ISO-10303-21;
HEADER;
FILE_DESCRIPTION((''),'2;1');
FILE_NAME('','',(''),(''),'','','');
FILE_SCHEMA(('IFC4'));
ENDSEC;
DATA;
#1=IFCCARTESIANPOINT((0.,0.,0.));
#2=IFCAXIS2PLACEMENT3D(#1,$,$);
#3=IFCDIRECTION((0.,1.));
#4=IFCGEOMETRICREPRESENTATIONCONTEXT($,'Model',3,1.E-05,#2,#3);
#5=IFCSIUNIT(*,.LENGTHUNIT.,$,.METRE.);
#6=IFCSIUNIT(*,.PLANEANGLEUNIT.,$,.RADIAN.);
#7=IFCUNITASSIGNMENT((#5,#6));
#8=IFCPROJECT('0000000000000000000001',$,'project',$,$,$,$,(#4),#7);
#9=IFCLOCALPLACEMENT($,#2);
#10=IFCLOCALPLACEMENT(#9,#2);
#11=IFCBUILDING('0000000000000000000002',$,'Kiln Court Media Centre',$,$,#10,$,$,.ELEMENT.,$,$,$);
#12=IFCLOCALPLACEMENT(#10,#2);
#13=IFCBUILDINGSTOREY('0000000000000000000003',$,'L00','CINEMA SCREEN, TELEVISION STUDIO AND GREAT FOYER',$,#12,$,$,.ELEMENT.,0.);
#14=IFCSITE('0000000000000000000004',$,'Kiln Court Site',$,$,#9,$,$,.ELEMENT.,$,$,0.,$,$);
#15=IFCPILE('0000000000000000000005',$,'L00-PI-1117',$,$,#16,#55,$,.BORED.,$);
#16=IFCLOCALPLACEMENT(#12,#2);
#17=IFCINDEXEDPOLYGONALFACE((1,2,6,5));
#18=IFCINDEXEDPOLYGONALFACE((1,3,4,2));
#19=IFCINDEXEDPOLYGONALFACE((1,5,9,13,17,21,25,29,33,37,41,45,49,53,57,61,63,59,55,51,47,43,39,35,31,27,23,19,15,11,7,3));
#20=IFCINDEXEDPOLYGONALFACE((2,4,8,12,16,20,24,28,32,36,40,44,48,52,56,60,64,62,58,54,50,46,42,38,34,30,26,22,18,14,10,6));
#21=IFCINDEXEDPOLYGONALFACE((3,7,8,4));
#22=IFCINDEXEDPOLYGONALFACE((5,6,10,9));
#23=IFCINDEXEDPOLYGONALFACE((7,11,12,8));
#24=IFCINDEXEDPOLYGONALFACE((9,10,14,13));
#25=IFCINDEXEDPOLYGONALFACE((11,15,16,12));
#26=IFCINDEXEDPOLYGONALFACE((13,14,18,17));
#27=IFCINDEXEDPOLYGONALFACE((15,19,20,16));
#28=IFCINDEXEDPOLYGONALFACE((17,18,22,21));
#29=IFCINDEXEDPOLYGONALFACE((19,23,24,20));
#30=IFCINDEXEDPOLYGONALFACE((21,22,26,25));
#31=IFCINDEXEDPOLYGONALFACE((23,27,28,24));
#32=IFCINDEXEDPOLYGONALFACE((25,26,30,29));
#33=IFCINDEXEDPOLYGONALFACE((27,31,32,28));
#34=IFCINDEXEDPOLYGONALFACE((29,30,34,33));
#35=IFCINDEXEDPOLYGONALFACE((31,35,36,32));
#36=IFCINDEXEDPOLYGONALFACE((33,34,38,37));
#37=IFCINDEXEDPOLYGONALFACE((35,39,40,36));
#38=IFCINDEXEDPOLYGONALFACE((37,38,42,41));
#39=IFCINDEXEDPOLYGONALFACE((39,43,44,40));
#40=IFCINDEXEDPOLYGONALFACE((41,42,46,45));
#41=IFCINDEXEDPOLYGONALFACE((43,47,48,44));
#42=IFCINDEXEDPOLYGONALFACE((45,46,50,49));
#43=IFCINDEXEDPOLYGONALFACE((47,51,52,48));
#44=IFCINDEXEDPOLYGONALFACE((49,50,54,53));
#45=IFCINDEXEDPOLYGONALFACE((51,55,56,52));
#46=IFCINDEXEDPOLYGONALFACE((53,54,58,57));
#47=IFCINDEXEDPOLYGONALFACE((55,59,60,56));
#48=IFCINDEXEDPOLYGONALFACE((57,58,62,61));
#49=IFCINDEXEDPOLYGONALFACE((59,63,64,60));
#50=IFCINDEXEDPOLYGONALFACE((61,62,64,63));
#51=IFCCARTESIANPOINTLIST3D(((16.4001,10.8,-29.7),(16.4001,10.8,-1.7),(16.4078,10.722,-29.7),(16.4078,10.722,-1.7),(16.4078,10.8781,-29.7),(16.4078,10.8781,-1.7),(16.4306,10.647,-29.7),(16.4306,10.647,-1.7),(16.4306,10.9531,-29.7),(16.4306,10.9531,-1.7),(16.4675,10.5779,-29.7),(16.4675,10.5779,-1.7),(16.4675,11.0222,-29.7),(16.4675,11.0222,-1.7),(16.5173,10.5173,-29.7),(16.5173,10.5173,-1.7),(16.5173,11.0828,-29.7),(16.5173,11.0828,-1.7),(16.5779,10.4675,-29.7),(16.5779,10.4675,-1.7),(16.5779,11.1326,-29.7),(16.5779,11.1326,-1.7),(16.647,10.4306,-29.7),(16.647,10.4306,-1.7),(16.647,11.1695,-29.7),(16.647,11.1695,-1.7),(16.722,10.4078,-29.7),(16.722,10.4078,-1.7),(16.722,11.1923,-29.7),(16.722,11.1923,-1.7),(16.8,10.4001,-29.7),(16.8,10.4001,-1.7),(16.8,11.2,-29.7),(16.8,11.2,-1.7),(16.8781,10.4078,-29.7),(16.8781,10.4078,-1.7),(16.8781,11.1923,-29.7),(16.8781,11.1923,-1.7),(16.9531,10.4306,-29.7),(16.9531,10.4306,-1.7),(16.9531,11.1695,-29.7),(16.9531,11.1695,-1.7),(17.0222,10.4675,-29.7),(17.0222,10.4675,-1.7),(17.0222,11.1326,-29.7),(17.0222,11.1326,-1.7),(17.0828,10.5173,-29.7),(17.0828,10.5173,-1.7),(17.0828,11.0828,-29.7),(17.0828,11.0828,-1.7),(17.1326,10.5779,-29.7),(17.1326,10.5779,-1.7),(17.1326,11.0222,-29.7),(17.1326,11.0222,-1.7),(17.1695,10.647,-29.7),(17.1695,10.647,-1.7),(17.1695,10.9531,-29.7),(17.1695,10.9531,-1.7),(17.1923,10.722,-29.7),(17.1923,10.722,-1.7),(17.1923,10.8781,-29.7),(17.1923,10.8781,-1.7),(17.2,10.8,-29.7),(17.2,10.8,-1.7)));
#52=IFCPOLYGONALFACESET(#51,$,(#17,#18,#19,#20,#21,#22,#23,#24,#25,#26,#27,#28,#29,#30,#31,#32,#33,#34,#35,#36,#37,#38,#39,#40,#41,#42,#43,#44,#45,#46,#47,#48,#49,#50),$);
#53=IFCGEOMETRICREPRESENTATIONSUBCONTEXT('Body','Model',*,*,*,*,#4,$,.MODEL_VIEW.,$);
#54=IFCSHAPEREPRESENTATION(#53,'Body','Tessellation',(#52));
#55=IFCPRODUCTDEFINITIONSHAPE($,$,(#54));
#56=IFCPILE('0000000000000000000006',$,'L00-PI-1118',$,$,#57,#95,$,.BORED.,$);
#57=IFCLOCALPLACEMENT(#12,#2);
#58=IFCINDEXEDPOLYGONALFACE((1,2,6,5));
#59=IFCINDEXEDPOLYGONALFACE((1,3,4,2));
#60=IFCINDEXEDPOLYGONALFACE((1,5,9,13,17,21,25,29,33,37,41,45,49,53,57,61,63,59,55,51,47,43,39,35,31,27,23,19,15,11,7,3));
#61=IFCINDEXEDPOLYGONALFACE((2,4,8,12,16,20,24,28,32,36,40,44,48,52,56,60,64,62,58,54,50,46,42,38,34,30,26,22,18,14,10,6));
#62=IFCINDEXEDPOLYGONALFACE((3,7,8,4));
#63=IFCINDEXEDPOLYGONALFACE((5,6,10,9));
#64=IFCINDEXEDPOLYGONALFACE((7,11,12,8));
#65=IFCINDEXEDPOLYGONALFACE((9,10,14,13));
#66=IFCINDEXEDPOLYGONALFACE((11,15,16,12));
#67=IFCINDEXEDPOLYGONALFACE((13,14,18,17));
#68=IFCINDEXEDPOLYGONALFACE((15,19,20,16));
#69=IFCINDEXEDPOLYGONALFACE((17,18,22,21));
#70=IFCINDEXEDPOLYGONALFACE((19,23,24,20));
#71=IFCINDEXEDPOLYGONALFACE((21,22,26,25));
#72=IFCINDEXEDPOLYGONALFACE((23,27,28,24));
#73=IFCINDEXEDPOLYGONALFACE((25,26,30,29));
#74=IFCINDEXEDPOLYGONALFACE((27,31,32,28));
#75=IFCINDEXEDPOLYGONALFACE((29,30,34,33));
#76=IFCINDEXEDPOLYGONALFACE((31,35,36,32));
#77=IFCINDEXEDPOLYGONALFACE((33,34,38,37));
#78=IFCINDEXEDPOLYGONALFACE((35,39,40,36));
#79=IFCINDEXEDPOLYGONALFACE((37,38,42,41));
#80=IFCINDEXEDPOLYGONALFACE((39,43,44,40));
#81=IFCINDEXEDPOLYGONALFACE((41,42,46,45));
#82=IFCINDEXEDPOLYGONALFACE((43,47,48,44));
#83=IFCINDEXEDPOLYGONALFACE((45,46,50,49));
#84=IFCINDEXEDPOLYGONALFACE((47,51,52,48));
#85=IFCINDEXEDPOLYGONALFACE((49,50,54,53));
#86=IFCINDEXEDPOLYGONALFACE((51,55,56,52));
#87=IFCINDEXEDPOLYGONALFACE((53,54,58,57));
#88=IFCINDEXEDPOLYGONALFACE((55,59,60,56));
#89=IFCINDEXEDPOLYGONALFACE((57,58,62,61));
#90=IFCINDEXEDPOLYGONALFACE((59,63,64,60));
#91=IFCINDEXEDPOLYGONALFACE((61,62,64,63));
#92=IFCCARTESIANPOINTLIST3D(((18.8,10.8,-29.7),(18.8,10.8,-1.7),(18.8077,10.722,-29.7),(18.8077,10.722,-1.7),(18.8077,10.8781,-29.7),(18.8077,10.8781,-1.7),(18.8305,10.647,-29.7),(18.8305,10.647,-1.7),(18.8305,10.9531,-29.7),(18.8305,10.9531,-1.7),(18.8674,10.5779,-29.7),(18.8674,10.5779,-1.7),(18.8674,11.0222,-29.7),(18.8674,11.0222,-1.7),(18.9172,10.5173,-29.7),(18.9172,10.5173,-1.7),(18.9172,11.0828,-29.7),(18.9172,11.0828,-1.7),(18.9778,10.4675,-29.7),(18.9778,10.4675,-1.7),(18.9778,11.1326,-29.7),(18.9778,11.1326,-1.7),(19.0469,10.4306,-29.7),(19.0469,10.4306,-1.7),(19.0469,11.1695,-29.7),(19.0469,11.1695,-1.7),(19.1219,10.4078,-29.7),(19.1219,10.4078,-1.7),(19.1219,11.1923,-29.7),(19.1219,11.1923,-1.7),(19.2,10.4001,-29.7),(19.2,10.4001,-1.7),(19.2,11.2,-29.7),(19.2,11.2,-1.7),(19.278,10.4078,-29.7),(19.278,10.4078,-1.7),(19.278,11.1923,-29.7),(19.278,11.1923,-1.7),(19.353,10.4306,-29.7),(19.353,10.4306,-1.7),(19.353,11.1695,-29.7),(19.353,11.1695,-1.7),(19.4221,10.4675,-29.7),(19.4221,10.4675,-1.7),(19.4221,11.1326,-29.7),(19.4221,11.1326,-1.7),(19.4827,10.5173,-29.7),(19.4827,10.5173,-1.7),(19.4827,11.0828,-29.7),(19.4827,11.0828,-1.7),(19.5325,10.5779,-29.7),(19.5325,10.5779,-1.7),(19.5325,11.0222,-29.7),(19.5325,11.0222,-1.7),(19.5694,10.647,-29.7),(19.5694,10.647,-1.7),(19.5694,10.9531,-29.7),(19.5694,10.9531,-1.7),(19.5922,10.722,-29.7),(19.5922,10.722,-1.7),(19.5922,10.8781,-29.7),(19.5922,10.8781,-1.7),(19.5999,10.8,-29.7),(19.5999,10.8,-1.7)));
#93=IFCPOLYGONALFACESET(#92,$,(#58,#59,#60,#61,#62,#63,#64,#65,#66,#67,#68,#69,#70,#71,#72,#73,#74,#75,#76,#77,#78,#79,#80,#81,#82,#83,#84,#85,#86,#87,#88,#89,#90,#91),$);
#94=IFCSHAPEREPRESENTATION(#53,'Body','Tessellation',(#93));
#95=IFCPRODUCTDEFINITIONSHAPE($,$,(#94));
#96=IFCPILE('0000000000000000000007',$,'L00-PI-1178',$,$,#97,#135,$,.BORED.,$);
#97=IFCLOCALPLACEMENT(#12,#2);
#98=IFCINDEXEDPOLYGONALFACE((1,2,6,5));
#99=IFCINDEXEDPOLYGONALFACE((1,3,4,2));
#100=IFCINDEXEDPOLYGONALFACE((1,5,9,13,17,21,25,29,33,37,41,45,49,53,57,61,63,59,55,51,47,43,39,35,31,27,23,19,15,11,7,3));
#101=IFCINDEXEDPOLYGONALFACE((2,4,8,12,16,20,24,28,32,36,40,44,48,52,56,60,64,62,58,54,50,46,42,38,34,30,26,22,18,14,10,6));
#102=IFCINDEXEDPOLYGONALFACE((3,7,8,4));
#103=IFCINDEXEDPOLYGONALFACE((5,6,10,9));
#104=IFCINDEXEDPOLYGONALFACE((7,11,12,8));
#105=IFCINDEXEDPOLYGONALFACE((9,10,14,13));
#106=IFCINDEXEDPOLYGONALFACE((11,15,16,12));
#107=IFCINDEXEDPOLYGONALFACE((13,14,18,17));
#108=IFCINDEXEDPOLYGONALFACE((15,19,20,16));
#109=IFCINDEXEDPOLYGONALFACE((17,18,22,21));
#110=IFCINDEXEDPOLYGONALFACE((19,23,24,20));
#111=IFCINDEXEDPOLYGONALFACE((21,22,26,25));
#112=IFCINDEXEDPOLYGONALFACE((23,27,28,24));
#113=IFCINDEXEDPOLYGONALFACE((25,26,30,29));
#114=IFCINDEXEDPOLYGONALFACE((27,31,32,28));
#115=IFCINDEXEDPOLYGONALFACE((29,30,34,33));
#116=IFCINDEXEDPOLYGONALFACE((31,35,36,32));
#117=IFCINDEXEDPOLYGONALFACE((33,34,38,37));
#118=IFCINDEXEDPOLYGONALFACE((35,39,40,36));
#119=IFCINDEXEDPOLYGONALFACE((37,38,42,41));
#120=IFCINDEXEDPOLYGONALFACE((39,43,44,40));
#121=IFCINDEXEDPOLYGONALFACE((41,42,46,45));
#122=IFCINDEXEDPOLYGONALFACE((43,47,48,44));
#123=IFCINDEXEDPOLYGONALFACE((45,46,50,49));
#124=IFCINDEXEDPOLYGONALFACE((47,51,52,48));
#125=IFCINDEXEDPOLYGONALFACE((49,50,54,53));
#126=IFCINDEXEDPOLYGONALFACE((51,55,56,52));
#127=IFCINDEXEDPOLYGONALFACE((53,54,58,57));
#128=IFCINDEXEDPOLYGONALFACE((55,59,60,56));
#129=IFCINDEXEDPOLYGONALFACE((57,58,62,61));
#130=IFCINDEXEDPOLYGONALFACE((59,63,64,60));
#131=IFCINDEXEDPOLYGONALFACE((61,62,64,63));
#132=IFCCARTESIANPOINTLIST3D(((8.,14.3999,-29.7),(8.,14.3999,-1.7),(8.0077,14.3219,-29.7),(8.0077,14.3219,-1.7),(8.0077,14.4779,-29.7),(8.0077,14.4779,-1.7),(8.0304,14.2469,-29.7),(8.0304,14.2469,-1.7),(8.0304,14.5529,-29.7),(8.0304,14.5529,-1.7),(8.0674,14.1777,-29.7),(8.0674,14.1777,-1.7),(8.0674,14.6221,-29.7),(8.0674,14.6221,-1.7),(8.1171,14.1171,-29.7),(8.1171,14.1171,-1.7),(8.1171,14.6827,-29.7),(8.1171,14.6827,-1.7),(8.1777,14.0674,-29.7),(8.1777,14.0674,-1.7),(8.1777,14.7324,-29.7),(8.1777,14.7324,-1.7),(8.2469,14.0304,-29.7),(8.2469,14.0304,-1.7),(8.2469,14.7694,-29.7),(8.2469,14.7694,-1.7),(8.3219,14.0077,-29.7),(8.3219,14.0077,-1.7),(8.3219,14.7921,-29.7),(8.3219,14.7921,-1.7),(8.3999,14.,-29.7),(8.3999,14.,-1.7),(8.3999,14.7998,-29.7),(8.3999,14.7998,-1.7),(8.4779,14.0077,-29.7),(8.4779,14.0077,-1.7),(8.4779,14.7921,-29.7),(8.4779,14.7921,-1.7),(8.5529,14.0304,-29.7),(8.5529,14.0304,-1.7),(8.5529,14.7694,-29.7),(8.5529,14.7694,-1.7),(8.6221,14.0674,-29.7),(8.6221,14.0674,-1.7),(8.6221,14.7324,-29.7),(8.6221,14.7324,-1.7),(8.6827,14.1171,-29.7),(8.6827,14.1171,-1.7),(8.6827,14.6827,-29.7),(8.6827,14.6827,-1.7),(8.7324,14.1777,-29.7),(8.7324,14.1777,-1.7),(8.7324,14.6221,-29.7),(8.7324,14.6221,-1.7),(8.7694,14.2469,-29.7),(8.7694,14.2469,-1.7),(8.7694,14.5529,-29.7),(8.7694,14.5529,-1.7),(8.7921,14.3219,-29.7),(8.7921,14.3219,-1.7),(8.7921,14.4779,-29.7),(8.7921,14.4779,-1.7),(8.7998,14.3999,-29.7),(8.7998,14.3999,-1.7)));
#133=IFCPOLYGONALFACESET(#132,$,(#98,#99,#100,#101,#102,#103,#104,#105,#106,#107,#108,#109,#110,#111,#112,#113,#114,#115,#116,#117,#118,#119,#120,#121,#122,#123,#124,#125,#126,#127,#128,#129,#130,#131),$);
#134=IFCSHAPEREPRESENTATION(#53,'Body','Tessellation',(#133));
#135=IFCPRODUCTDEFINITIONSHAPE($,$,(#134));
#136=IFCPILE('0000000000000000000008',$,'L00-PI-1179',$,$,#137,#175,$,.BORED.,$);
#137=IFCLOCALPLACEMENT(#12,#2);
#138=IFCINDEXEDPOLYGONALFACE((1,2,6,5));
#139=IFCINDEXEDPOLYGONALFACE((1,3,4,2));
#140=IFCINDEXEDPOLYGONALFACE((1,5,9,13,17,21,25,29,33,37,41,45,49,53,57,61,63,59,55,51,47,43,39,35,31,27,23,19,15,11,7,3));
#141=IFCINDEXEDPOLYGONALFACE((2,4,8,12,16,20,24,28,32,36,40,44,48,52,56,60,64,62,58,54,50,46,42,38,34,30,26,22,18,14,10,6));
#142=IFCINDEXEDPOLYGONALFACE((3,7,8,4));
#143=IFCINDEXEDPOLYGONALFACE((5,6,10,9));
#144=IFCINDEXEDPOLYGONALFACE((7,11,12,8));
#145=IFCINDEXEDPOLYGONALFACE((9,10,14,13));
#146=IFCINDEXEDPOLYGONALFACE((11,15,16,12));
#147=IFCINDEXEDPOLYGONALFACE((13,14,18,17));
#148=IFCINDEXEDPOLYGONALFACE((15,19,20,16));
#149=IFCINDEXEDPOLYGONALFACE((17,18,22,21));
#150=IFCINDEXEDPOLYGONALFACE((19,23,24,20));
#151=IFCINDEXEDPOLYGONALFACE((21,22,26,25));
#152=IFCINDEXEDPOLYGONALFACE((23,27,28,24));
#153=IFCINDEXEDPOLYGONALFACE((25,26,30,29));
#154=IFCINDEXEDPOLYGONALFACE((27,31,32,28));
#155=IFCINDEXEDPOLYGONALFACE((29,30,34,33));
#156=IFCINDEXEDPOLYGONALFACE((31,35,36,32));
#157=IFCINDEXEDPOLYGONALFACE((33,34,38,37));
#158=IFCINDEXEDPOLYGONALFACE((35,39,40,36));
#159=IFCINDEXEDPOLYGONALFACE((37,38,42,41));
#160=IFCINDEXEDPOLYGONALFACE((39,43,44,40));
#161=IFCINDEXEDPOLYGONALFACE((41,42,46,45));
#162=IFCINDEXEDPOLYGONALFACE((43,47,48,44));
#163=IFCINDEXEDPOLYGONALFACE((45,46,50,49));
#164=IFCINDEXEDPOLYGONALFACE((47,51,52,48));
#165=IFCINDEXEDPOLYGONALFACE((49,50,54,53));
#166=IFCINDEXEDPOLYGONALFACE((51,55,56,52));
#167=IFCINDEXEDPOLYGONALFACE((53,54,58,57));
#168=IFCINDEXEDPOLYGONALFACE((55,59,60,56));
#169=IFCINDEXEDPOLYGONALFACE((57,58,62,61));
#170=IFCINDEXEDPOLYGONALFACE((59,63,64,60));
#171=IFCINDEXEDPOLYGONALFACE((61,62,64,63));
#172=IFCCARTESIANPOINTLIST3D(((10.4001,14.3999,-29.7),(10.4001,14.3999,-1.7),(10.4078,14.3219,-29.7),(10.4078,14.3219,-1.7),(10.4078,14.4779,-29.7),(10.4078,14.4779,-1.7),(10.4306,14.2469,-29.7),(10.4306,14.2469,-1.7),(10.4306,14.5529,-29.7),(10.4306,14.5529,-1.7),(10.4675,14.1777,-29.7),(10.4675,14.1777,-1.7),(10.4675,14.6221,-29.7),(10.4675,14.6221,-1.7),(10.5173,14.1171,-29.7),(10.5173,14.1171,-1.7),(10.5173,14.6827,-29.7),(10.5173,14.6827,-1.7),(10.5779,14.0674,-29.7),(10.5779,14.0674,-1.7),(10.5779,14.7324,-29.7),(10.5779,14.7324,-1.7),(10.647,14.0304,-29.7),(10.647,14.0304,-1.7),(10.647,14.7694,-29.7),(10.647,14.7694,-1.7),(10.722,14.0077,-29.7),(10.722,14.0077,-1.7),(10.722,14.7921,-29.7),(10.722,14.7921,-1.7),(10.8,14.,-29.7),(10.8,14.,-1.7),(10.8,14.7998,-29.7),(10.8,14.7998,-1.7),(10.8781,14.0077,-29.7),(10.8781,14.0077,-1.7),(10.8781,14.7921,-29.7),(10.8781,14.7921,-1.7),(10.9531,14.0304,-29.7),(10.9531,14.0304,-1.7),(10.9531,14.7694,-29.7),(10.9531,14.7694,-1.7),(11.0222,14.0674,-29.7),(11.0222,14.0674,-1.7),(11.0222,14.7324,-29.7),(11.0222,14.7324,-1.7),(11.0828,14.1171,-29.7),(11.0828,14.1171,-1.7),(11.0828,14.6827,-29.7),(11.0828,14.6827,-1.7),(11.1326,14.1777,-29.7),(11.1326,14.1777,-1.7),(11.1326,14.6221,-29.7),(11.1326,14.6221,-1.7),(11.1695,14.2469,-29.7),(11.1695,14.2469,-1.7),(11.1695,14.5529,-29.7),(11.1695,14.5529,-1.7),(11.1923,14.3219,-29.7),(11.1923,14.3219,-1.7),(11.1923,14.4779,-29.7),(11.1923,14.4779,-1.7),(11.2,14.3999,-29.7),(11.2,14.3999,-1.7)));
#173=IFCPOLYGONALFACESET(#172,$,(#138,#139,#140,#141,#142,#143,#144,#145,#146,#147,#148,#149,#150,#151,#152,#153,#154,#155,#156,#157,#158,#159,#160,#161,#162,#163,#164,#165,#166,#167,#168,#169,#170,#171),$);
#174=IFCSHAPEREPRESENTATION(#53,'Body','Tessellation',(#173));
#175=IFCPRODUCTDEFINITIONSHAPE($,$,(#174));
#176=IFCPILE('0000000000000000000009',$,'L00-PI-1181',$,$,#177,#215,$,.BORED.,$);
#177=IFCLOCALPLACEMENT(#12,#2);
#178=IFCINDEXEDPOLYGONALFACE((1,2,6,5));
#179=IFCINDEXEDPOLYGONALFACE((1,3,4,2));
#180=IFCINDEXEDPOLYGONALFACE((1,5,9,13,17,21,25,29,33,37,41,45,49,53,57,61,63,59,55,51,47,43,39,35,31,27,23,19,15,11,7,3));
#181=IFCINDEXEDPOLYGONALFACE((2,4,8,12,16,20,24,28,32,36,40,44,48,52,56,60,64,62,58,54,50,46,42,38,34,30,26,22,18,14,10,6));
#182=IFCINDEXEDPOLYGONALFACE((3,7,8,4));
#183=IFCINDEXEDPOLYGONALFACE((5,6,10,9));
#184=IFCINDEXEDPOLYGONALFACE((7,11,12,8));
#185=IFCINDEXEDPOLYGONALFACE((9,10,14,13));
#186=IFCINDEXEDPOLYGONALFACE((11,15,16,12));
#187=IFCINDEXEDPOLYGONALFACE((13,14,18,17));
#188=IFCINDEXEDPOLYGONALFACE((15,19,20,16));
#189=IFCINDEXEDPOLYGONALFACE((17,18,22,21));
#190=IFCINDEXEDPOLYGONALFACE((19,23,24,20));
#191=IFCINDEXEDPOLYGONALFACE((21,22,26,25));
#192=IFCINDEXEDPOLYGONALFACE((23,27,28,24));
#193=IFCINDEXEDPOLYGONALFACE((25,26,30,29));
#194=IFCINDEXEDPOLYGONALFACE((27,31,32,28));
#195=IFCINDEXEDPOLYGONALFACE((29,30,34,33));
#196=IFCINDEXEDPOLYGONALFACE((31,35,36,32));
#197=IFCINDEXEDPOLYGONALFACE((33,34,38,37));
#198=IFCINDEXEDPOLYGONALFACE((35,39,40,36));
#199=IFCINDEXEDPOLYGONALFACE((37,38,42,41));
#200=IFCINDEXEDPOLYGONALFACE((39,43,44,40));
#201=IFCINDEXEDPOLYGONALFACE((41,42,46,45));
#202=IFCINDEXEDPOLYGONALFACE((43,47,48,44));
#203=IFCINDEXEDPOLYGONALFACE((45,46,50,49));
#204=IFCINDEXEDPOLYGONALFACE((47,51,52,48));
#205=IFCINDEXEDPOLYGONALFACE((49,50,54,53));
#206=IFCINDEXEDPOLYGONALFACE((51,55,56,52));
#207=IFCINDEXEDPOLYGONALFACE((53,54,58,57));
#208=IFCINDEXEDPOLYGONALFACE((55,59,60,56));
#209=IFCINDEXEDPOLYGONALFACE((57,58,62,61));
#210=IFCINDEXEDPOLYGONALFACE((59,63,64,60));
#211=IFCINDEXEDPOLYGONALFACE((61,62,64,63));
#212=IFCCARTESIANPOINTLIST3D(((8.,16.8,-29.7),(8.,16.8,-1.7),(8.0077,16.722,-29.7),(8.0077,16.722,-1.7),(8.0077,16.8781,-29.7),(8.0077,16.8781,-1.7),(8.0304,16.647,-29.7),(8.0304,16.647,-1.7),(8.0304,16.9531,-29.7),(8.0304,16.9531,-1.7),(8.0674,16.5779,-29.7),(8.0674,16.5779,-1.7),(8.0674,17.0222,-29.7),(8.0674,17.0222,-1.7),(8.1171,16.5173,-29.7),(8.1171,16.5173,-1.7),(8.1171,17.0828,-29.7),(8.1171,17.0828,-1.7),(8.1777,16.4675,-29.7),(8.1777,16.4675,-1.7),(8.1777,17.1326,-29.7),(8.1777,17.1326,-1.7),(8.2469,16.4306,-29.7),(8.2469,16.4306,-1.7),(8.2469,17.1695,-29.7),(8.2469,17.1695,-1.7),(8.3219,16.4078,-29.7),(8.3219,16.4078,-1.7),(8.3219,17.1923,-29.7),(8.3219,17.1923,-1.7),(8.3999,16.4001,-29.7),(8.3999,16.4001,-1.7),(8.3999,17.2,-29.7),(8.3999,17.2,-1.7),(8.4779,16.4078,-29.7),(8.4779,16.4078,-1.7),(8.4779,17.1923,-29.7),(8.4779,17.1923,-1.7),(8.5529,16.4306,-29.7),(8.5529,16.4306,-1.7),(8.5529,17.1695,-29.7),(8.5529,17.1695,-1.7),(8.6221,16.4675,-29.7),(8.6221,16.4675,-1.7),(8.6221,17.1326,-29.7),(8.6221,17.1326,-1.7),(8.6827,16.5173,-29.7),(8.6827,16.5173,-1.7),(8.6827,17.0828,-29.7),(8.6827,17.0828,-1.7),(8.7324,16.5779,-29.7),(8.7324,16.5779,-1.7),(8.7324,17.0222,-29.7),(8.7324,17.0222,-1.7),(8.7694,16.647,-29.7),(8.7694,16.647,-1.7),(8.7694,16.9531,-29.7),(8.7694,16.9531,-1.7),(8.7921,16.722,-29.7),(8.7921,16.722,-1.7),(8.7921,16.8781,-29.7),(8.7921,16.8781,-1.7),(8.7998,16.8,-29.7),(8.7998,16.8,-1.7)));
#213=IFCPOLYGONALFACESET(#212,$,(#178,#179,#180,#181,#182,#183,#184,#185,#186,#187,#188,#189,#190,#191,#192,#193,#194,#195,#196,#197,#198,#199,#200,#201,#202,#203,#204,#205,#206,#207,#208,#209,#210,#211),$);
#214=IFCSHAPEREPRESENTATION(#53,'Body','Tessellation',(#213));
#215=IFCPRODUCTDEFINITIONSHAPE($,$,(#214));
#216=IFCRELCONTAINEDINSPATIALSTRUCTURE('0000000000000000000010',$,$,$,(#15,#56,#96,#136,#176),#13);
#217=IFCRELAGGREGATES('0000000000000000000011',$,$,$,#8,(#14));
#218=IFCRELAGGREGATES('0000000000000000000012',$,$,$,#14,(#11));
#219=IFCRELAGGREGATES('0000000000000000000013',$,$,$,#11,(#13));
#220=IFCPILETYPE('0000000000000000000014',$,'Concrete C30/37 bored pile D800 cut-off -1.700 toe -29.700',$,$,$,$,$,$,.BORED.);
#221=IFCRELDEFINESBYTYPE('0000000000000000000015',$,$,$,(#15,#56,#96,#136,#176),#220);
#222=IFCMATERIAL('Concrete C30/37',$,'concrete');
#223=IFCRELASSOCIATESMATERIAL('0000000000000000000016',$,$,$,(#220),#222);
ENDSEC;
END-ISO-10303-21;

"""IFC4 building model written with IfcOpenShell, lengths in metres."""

from ifc_helpers import new_model, si_unit, direction, frame, origin, origin_2d, place, context, subcontext, project, spatial, circle, extrude, material, material_profile, profile_set, type_object, element, save


model = new_model("IFC4")

# Units and contexts
model_context = context("Model", 3, precision=1e-05, world=origin(), true_north=direction((0.0, 1.0)))
body_context = subcontext(model_context, "Body", "Model", "MODEL_VIEW")
ifc_project = project(units=[si_unit("LENGTHUNIT", "METRE"), si_unit("PLANEANGLEUNIT", "RADIAN")], contexts=[model_context])

# Site, building, storey
site_placement = place(None, origin())
site = spatial("IfcSite", under=ifc_project, at=site_placement, Name="Kiln Court Site", CompositionType="ELEMENT", RefElevation=0.0)
building_placement = place(site_placement, origin())
building = spatial("IfcBuilding", under=site, at=building_placement, Name="Kiln Court Media Centre", CompositionType="ELEMENT")
storey_placement = place(building_placement, origin())
storey = spatial("IfcBuildingStorey", under=building, at=storey_placement, Name="L00", Description="CINEMA SCREEN, TELEVISION STUDIO AND GREAT FOYER", CompositionType="ELEMENT", Elevation=0.0)

# Piles
ifc_material_1 = material(Name="Concrete C30/37", Category="concrete")
ifc_material_profile_1 = material_profile(ifc_material_1, circle(Radius=0.3999, at=origin_2d()), Name="PILE D800")
ifc_profile_set_1 = profile_set([ifc_material_profile_1], Name="Concrete C30/37")
pile_type = type_object("IfcPileType", Name="Concrete C30/37 bored pile D800 cut-off -1.700 toe -29.700", PredefinedType="BORED", material=ifc_profile_set_1)
for number, where, z_axis, x_axis, name in (
    (1, (16.8, 10.8, -1.7), (0.0, 0.0, -1.0), (1.0, 0.0, 0.0), "L00-PI-1117"),
    (2, (19.2, 10.8, -1.7), (0.0, 0.0, -1.0), (1.0, 0.0, 0.0), "L00-PI-1118"),
    (3, (8.3999, 14.3999, -1.7), (0.0, 0.0, -1.0), (1.0, 0.0, 0.0), "L00-PI-1178"),
    (4, (10.8, 14.3999, -1.7), (0.0, 0.0, -1.0), (1.0, 0.0, 0.0), "L00-PI-1179"),
    (5, (8.3999, 16.8, -1.7), (0.0, 0.0, -1.0), (1.0, 0.0, 0.0), "L00-PI-1181"),
):
    element("IfcPile", number, at=place(storey_placement, frame(where, z_axis=z_axis, x_axis=x_axis)), inside=storey, type_object=pile_type, Name=name, PredefinedType="BORED", context=body_context, shape_type="SweptSolid", body=[
        extrude(circle(Radius=0.3999, at=origin_2d()), origin(), (0.0, 0.0, 1.0), 28.0),
    ])

save(model, "model.ifc")
